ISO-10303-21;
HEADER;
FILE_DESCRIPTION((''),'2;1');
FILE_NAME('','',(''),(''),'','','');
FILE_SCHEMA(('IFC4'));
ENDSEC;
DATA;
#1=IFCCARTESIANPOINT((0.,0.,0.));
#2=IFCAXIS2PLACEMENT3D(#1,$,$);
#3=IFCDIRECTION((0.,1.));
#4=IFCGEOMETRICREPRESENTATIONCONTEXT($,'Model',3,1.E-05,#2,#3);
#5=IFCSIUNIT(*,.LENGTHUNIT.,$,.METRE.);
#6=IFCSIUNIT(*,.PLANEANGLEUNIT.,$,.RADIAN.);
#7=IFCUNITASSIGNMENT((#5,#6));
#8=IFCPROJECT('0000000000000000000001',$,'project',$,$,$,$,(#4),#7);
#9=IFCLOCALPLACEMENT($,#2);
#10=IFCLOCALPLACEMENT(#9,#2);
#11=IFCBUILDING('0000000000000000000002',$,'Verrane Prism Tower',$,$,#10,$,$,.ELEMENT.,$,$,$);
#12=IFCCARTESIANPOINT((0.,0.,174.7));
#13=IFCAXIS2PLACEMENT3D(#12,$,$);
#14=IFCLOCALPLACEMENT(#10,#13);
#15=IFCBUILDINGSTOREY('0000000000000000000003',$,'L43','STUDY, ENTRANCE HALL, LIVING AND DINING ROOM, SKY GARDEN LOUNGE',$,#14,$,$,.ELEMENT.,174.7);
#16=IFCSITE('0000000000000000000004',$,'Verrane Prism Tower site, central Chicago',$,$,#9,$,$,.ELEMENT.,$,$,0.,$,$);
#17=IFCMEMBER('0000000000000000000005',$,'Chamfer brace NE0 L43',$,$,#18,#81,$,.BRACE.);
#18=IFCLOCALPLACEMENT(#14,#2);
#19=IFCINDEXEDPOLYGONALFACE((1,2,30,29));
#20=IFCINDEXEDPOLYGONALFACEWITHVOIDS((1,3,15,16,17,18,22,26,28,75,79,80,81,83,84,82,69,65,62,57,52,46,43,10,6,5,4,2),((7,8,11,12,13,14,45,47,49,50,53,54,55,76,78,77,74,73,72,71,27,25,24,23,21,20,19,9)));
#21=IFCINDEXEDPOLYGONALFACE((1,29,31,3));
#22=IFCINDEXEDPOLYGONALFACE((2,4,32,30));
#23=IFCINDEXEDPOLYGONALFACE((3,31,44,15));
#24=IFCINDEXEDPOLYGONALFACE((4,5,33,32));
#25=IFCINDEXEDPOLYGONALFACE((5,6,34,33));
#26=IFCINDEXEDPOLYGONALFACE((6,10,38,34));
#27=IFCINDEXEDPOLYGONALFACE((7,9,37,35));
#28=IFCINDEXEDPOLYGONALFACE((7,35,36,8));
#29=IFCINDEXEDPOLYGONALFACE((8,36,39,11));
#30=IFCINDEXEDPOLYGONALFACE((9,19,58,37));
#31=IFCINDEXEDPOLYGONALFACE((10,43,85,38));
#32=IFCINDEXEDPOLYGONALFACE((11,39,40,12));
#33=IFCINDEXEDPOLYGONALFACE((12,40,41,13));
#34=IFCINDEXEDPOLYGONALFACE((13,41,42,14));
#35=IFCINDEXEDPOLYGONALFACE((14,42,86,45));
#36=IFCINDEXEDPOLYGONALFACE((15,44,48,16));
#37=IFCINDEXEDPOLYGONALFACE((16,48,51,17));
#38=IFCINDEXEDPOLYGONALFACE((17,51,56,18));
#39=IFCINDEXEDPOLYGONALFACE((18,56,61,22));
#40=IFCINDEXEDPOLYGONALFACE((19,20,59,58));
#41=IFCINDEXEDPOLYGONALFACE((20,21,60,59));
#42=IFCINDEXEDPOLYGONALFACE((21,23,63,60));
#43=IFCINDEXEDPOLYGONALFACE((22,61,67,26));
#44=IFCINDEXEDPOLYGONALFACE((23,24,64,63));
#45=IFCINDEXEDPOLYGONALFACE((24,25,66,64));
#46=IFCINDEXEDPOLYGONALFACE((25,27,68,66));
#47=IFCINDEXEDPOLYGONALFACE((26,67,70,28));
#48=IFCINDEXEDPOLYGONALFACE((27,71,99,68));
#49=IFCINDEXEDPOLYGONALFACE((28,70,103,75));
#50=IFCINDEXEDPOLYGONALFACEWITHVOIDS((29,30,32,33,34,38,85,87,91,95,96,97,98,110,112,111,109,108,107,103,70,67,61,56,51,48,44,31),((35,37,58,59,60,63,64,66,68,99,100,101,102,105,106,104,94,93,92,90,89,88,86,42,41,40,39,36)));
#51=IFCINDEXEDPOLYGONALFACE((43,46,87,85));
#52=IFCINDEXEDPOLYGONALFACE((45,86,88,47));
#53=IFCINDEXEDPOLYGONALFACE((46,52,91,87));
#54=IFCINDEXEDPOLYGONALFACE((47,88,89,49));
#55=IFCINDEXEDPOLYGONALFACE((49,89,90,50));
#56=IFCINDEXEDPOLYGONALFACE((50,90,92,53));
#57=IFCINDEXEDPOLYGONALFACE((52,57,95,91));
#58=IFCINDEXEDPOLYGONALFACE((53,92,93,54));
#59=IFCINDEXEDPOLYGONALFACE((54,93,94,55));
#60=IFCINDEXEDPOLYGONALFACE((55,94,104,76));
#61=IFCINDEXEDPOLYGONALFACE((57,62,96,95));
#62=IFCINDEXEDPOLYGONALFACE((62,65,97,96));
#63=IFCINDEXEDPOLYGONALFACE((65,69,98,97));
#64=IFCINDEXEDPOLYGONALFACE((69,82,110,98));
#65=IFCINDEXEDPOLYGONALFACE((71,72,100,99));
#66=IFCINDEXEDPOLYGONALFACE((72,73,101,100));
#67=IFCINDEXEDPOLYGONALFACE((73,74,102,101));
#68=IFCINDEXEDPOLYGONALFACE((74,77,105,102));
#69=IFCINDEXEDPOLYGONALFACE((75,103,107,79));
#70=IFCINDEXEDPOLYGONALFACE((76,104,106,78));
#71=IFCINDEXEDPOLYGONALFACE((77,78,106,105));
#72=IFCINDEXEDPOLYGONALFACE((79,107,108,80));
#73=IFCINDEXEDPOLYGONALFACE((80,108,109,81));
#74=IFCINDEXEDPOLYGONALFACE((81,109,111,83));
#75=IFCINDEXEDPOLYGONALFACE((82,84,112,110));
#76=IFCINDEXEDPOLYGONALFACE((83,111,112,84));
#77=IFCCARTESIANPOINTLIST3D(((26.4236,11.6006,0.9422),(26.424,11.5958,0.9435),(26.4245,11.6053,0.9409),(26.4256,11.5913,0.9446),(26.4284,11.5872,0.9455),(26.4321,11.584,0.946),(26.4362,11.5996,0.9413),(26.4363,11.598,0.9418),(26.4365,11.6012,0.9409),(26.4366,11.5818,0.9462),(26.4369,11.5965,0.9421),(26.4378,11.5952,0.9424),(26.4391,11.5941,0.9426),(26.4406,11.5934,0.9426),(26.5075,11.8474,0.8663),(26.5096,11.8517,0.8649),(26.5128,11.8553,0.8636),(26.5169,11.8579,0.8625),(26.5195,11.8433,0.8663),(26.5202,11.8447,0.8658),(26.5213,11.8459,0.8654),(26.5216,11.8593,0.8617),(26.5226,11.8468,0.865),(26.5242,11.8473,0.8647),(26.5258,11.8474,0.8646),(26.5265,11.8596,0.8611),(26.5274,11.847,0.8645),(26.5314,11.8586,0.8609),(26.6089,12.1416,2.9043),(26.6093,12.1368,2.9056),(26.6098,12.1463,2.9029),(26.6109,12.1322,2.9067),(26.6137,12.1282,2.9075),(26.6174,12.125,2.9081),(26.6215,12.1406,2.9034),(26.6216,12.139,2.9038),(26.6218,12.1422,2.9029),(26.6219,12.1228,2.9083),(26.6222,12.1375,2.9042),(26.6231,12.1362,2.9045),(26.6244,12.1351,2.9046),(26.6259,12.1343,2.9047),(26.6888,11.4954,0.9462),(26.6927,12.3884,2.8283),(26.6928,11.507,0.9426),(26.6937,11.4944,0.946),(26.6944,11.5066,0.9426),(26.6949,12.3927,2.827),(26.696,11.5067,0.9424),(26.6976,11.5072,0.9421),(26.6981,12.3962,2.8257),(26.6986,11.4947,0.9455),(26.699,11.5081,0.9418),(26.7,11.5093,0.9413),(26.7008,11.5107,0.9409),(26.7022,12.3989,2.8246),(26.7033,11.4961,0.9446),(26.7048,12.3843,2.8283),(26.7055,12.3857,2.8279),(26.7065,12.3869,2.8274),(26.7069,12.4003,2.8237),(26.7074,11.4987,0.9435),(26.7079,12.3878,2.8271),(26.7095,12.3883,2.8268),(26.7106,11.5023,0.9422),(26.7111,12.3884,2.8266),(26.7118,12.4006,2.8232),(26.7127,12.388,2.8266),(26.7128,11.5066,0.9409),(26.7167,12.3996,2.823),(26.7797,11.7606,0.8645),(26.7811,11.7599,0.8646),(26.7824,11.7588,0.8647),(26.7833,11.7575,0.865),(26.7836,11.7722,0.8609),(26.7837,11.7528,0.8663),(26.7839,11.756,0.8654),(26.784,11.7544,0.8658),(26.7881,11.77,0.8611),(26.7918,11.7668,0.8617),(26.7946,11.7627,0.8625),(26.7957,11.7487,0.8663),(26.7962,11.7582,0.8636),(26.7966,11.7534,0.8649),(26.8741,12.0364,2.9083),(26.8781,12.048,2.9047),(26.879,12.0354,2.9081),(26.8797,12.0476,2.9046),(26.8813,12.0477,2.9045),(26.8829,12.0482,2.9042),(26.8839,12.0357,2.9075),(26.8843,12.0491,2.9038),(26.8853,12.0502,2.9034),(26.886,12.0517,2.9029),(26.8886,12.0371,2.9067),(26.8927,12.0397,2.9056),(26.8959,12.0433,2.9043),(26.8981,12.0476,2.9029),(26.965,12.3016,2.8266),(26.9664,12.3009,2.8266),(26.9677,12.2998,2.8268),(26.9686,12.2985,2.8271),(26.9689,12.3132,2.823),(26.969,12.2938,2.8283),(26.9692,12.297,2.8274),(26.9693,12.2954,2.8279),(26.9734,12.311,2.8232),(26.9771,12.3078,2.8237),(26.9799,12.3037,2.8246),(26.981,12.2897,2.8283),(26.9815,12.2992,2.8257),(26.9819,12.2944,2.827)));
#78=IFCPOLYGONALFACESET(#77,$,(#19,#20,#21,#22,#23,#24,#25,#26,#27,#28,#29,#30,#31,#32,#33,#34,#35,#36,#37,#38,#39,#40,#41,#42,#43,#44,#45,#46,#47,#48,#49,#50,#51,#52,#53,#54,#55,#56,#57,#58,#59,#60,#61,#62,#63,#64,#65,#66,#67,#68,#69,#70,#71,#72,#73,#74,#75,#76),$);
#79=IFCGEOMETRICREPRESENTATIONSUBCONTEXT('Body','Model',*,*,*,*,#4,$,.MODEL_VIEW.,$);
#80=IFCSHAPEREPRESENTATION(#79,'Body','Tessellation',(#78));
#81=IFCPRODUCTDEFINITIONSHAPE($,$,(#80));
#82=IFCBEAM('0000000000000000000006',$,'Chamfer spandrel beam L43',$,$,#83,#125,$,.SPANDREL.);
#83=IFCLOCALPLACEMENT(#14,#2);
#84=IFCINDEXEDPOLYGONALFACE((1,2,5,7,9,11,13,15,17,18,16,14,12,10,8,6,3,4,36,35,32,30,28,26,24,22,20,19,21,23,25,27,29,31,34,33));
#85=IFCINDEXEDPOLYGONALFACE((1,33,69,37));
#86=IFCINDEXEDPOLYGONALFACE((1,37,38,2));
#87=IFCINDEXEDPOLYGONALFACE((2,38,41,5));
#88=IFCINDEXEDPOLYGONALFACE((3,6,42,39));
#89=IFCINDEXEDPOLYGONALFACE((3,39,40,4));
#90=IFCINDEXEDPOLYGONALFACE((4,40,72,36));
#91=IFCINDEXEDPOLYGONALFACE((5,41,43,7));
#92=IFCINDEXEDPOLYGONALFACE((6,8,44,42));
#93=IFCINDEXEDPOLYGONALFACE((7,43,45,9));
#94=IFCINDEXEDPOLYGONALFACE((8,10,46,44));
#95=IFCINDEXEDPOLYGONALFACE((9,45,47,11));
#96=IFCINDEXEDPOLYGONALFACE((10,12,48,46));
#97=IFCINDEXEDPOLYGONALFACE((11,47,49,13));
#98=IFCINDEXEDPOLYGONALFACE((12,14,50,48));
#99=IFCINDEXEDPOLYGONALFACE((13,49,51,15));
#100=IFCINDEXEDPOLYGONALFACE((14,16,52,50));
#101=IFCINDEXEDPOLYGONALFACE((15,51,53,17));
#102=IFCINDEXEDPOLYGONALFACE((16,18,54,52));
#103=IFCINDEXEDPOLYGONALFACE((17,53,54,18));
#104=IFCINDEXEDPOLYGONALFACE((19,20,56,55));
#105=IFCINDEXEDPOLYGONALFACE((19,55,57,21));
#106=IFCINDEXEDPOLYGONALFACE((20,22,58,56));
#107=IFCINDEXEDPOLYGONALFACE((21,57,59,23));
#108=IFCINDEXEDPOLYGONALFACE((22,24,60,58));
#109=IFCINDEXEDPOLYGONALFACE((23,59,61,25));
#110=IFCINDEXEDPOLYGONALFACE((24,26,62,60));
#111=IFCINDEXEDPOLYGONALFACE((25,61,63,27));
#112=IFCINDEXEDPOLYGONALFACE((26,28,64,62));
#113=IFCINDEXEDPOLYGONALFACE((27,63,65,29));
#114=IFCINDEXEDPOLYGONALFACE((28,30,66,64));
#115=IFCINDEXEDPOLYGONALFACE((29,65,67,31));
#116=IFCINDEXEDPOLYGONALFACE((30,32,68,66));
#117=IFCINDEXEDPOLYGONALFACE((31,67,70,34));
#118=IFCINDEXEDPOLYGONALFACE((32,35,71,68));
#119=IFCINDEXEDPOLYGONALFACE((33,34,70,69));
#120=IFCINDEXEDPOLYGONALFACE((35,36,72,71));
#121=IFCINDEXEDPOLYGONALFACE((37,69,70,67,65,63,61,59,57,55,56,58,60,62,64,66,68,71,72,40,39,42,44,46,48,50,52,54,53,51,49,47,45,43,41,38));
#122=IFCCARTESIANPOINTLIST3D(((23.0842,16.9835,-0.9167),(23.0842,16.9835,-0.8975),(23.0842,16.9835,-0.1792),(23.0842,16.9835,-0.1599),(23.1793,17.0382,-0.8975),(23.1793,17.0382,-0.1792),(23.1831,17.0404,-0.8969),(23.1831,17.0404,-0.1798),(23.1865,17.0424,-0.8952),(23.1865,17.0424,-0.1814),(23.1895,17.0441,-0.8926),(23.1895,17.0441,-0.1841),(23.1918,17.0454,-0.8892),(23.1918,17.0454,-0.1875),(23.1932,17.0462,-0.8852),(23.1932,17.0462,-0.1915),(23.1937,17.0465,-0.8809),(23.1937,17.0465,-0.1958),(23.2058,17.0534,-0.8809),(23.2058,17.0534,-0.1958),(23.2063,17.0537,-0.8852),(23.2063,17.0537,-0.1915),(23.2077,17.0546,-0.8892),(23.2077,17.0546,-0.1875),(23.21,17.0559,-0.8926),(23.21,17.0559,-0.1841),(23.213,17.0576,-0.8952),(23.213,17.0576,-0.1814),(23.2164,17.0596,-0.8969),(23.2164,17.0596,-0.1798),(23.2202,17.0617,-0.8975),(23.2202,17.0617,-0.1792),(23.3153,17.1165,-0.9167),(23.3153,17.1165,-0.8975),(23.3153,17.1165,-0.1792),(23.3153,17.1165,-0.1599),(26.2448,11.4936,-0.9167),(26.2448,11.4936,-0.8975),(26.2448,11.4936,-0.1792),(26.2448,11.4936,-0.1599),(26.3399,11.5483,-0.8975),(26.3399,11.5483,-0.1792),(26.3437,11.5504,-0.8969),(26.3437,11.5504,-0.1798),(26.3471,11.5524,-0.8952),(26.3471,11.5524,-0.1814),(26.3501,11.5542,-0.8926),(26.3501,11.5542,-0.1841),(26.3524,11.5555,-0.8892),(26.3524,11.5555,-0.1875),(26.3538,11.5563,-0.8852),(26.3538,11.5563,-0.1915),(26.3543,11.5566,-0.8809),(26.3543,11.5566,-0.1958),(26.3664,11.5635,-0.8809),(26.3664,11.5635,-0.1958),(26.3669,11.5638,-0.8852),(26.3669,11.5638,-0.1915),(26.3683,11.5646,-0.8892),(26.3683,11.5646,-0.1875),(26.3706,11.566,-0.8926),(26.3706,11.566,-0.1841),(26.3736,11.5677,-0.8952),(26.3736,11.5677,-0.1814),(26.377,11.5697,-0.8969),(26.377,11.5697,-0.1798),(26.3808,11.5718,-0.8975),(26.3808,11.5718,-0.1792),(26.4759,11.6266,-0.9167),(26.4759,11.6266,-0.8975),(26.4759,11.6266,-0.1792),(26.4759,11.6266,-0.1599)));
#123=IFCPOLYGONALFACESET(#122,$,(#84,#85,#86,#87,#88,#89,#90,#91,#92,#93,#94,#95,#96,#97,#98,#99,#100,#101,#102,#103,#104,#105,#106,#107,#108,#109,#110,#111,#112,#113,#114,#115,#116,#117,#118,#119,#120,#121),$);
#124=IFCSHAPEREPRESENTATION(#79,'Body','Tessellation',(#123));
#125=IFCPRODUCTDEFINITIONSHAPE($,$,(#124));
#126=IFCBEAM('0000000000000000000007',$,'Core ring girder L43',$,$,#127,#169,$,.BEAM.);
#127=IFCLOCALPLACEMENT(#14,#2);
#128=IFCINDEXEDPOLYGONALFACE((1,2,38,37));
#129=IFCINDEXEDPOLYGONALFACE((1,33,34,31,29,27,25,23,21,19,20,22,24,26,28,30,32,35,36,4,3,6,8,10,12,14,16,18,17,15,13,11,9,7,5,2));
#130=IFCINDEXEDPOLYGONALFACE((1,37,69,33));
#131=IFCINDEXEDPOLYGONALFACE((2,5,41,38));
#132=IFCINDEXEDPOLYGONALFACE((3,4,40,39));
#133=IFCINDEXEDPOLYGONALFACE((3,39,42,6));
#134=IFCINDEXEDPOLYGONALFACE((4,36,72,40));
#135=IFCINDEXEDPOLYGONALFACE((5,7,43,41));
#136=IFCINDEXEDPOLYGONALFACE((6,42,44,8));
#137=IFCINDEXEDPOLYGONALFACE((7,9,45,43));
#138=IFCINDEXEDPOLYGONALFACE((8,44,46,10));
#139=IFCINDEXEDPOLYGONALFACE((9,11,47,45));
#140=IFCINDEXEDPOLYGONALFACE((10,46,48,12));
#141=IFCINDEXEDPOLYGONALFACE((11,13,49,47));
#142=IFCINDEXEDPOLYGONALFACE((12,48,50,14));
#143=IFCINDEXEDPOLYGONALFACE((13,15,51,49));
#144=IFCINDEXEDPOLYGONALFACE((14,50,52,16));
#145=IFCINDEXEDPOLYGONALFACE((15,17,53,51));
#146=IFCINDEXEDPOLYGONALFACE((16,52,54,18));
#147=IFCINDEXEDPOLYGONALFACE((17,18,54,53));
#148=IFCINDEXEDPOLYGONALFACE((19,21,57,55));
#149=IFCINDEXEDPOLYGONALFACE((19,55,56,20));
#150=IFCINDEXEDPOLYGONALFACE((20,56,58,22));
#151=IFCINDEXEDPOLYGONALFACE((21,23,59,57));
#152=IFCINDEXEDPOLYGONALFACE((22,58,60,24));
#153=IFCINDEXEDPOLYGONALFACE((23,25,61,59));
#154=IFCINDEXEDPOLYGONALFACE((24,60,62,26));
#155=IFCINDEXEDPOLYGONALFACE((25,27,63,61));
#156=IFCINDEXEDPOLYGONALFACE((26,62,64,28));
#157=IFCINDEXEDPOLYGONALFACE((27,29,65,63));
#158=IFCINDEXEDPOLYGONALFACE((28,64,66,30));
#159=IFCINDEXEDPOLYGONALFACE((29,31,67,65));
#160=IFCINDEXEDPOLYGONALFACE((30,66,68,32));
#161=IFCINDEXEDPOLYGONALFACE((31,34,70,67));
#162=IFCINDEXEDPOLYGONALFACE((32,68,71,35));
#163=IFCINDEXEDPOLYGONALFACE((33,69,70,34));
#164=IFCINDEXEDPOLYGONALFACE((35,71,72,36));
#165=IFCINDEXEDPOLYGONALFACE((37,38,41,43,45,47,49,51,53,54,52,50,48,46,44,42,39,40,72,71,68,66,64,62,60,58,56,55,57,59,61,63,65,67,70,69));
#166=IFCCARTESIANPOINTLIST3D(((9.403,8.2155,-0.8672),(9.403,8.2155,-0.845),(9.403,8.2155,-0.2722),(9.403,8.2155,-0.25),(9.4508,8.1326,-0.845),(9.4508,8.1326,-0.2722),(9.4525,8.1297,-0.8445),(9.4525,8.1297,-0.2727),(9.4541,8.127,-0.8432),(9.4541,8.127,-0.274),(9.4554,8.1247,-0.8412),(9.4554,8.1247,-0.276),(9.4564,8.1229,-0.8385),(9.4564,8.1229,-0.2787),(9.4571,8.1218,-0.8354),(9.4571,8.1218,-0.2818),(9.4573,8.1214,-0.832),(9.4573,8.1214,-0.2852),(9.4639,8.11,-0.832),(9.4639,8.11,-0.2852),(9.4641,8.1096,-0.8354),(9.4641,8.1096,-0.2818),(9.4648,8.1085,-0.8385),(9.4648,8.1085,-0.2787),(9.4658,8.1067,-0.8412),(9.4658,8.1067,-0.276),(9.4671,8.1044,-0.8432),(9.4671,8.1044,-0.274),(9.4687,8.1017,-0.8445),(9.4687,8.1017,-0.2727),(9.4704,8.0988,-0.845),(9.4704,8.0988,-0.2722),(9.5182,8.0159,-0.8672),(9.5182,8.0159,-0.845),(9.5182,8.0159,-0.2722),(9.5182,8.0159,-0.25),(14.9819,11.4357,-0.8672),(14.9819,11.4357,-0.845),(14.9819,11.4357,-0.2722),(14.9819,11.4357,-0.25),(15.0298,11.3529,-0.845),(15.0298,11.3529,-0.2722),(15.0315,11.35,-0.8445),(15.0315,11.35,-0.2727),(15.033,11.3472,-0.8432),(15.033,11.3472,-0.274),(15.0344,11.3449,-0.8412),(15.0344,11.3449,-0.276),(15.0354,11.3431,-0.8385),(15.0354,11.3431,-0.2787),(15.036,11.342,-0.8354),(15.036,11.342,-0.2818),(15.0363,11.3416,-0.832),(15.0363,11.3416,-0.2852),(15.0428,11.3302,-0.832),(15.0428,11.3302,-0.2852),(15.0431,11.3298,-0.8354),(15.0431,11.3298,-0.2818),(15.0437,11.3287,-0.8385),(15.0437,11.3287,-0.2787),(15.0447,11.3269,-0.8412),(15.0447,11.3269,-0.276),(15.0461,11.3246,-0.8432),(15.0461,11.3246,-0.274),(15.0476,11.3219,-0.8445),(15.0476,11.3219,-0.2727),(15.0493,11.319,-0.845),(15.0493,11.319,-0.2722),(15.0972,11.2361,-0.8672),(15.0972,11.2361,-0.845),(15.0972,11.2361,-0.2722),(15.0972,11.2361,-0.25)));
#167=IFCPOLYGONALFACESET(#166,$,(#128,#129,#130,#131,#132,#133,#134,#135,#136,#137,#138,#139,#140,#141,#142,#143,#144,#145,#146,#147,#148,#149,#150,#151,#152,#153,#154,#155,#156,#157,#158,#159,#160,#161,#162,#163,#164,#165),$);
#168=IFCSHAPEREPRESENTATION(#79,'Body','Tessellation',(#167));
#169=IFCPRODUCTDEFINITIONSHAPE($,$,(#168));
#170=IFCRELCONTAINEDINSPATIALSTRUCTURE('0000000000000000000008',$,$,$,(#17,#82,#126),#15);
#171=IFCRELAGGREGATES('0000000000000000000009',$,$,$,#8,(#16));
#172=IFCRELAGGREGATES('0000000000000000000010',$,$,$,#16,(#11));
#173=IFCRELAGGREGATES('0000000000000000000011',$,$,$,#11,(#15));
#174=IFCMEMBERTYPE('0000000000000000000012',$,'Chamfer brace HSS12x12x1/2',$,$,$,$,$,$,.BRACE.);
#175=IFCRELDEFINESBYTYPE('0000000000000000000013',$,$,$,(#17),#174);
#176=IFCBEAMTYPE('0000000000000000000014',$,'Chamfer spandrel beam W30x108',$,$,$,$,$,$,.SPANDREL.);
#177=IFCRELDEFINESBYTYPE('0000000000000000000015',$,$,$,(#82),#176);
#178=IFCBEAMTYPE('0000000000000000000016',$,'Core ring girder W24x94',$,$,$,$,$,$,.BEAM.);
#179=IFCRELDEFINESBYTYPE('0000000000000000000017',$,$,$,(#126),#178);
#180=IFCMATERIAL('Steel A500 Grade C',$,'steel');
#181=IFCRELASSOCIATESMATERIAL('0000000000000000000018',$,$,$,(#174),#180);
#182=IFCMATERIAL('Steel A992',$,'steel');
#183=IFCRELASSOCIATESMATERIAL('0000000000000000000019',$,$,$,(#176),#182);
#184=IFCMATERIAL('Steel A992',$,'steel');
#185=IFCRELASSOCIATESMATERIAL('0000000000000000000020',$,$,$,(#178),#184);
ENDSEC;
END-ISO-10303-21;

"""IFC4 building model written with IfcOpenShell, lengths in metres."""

from ifc_helpers import new_model, si_unit, direction, frame, origin, origin_2d, place, context, subcontext, project, spatial, hollow_rectangle, i_section, extrude, material, material_profile, profile_set, type_object, element, save


model = new_model("IFC4")

# Units and contexts
model_context = context("Model", 3, precision=1e-05, world=origin(), true_north=direction((0.0, 1.0)))
body_context = subcontext(model_context, "Body", "Model", "MODEL_VIEW")
ifc_project = project(units=[si_unit("LENGTHUNIT", "METRE"), si_unit("PLANEANGLEUNIT", "RADIAN")], contexts=[model_context])

# Site, building, storey
site_placement = place(None, origin())
site = spatial("IfcSite", under=ifc_project, at=site_placement, Name="Verrane Prism Tower site, central Chicago", CompositionType="ELEMENT", RefElevation=0.0)
building_placement = place(site_placement, origin())
building = spatial("IfcBuilding", under=site, at=building_placement, Name="Verrane Prism Tower", CompositionType="ELEMENT")
storey_placement = place(building_placement, frame((0.0, 0.0, 174.7)))
storey = spatial("IfcBuildingStorey", under=building, at=storey_placement, Name="L43", Description="STUDY, ENTRANCE HALL, LIVING AND DINING ROOM, SKY GARDEN LOUNGE", CompositionType="ELEMENT", Elevation=174.7)

# Member
ifc_material_1 = material(Name="Steel A500 Grade C", Category="steel")
ifc_material_profile_1 = material_profile(ifc_material_1, hollow_rectangle(XDim=0.3047, YDim=0.3047, WallThickness=0.0127, InnerFilletRadius=0.0063, OuterFilletRadius=0.019, at=origin_2d()), Name="HSS12x12x1/2")
ifc_profile_set_1 = profile_set([ifc_material_profile_1], Name="Steel A500 Grade C")
member_type_1 = type_object("IfcMemberType", Name="Chamfer brace HSS12x12x1/2", PredefinedType="BRACE", material=ifc_profile_set_1)
member_1_placement = place(storey_placement, frame((26.6101, 11.677, 0.9036), z_axis=(0.090666, 0.264711, 0.960056), x_axis=(-0.946047, 0.32403, 0.0)))
element("IfcMember", 1, at=member_1_placement, inside=storey, type_object=member_type_1, Name="Chamfer brace NE0 L43", PredefinedType="BRACE", context=body_context, shape_type="SweptSolid", body=[
    extrude(hollow_rectangle(XDim=0.3047, YDim=0.3047, WallThickness=0.0127, InnerFilletRadius=0.0063, OuterFilletRadius=0.019, at=origin_2d()), origin(), (0.0, 0.0, 1.0), 2.0437),
])

# Beams
ifc_material_2 = material(Name="Steel A992", Category="steel")
ifc_material_profile_2 = material_profile(ifc_material_2, i_section(OverallWidth=0.2666, OverallDepth=0.7568, WebThickness=0.0139, FlangeThickness=0.0193, FilletRadius=0.0166, at=origin_2d()), Name="W30x108")
ifc_profile_set_2 = profile_set([ifc_material_profile_2], Name="Steel A992")
beam_type_1 = type_object("IfcBeamType", Name="Chamfer spandrel beam W30x108", PredefinedType="SPANDREL", material=ifc_profile_set_2)
beam_1_placement = place(storey_placement, frame((26.3604, 11.5601, -0.5383), z_axis=(-0.498934, 0.86664, 0.0), x_axis=(-0.86664, -0.498934, 0.0)))
element("IfcBeam", 2, at=beam_1_placement, inside=storey, type_object=beam_type_1, Name="Chamfer spandrel beam L43", PredefinedType="SPANDREL", context=body_context, shape_type="SweptSolid", body=[
    extrude(i_section(OverallWidth=0.2666, OverallDepth=0.7568, WebThickness=0.0139, FlangeThickness=0.0193, FilletRadius=0.0166, at=origin_2d()), origin(), (0.0, 0.0, 1.0), 6.3347),
])
ifc_material_3 = material(Name="Steel A992", Category="steel")
ifc_material_profile_3 = material_profile(ifc_material_3, i_section(OverallWidth=0.2305, OverallDepth=0.6172, WebThickness=0.0132, FlangeThickness=0.0222, FilletRadius=0.0129, at=origin_2d()), Name="W24x94")
ifc_profile_set_3 = profile_set([ifc_material_profile_3], Name="Steel A992")
beam_type_2 = type_object("IfcBeamType", Name="Core ring girder W24x94", PredefinedType="BEAM", material=ifc_profile_set_3)
beam_2_placement = place(storey_placement, frame((15.0396, 11.3359, -0.5586), z_axis=(-0.866075, -0.499914, 0.0), x_axis=(0.499914, -0.866075, 0.0)))
element("IfcBeam", 3, at=beam_2_placement, inside=storey, type_object=beam_type_2, Name="Core ring girder L43", PredefinedType="BEAM", context=body_context, shape_type="SweptSolid", body=[
    extrude(i_section(OverallWidth=0.2305, OverallDepth=0.6172, WebThickness=0.0132, FlangeThickness=0.0222, FilletRadius=0.0129, at=origin_2d()), origin(), (0.0, 0.0, 1.0), 6.4417),
])

save(model, "model.ifc")
